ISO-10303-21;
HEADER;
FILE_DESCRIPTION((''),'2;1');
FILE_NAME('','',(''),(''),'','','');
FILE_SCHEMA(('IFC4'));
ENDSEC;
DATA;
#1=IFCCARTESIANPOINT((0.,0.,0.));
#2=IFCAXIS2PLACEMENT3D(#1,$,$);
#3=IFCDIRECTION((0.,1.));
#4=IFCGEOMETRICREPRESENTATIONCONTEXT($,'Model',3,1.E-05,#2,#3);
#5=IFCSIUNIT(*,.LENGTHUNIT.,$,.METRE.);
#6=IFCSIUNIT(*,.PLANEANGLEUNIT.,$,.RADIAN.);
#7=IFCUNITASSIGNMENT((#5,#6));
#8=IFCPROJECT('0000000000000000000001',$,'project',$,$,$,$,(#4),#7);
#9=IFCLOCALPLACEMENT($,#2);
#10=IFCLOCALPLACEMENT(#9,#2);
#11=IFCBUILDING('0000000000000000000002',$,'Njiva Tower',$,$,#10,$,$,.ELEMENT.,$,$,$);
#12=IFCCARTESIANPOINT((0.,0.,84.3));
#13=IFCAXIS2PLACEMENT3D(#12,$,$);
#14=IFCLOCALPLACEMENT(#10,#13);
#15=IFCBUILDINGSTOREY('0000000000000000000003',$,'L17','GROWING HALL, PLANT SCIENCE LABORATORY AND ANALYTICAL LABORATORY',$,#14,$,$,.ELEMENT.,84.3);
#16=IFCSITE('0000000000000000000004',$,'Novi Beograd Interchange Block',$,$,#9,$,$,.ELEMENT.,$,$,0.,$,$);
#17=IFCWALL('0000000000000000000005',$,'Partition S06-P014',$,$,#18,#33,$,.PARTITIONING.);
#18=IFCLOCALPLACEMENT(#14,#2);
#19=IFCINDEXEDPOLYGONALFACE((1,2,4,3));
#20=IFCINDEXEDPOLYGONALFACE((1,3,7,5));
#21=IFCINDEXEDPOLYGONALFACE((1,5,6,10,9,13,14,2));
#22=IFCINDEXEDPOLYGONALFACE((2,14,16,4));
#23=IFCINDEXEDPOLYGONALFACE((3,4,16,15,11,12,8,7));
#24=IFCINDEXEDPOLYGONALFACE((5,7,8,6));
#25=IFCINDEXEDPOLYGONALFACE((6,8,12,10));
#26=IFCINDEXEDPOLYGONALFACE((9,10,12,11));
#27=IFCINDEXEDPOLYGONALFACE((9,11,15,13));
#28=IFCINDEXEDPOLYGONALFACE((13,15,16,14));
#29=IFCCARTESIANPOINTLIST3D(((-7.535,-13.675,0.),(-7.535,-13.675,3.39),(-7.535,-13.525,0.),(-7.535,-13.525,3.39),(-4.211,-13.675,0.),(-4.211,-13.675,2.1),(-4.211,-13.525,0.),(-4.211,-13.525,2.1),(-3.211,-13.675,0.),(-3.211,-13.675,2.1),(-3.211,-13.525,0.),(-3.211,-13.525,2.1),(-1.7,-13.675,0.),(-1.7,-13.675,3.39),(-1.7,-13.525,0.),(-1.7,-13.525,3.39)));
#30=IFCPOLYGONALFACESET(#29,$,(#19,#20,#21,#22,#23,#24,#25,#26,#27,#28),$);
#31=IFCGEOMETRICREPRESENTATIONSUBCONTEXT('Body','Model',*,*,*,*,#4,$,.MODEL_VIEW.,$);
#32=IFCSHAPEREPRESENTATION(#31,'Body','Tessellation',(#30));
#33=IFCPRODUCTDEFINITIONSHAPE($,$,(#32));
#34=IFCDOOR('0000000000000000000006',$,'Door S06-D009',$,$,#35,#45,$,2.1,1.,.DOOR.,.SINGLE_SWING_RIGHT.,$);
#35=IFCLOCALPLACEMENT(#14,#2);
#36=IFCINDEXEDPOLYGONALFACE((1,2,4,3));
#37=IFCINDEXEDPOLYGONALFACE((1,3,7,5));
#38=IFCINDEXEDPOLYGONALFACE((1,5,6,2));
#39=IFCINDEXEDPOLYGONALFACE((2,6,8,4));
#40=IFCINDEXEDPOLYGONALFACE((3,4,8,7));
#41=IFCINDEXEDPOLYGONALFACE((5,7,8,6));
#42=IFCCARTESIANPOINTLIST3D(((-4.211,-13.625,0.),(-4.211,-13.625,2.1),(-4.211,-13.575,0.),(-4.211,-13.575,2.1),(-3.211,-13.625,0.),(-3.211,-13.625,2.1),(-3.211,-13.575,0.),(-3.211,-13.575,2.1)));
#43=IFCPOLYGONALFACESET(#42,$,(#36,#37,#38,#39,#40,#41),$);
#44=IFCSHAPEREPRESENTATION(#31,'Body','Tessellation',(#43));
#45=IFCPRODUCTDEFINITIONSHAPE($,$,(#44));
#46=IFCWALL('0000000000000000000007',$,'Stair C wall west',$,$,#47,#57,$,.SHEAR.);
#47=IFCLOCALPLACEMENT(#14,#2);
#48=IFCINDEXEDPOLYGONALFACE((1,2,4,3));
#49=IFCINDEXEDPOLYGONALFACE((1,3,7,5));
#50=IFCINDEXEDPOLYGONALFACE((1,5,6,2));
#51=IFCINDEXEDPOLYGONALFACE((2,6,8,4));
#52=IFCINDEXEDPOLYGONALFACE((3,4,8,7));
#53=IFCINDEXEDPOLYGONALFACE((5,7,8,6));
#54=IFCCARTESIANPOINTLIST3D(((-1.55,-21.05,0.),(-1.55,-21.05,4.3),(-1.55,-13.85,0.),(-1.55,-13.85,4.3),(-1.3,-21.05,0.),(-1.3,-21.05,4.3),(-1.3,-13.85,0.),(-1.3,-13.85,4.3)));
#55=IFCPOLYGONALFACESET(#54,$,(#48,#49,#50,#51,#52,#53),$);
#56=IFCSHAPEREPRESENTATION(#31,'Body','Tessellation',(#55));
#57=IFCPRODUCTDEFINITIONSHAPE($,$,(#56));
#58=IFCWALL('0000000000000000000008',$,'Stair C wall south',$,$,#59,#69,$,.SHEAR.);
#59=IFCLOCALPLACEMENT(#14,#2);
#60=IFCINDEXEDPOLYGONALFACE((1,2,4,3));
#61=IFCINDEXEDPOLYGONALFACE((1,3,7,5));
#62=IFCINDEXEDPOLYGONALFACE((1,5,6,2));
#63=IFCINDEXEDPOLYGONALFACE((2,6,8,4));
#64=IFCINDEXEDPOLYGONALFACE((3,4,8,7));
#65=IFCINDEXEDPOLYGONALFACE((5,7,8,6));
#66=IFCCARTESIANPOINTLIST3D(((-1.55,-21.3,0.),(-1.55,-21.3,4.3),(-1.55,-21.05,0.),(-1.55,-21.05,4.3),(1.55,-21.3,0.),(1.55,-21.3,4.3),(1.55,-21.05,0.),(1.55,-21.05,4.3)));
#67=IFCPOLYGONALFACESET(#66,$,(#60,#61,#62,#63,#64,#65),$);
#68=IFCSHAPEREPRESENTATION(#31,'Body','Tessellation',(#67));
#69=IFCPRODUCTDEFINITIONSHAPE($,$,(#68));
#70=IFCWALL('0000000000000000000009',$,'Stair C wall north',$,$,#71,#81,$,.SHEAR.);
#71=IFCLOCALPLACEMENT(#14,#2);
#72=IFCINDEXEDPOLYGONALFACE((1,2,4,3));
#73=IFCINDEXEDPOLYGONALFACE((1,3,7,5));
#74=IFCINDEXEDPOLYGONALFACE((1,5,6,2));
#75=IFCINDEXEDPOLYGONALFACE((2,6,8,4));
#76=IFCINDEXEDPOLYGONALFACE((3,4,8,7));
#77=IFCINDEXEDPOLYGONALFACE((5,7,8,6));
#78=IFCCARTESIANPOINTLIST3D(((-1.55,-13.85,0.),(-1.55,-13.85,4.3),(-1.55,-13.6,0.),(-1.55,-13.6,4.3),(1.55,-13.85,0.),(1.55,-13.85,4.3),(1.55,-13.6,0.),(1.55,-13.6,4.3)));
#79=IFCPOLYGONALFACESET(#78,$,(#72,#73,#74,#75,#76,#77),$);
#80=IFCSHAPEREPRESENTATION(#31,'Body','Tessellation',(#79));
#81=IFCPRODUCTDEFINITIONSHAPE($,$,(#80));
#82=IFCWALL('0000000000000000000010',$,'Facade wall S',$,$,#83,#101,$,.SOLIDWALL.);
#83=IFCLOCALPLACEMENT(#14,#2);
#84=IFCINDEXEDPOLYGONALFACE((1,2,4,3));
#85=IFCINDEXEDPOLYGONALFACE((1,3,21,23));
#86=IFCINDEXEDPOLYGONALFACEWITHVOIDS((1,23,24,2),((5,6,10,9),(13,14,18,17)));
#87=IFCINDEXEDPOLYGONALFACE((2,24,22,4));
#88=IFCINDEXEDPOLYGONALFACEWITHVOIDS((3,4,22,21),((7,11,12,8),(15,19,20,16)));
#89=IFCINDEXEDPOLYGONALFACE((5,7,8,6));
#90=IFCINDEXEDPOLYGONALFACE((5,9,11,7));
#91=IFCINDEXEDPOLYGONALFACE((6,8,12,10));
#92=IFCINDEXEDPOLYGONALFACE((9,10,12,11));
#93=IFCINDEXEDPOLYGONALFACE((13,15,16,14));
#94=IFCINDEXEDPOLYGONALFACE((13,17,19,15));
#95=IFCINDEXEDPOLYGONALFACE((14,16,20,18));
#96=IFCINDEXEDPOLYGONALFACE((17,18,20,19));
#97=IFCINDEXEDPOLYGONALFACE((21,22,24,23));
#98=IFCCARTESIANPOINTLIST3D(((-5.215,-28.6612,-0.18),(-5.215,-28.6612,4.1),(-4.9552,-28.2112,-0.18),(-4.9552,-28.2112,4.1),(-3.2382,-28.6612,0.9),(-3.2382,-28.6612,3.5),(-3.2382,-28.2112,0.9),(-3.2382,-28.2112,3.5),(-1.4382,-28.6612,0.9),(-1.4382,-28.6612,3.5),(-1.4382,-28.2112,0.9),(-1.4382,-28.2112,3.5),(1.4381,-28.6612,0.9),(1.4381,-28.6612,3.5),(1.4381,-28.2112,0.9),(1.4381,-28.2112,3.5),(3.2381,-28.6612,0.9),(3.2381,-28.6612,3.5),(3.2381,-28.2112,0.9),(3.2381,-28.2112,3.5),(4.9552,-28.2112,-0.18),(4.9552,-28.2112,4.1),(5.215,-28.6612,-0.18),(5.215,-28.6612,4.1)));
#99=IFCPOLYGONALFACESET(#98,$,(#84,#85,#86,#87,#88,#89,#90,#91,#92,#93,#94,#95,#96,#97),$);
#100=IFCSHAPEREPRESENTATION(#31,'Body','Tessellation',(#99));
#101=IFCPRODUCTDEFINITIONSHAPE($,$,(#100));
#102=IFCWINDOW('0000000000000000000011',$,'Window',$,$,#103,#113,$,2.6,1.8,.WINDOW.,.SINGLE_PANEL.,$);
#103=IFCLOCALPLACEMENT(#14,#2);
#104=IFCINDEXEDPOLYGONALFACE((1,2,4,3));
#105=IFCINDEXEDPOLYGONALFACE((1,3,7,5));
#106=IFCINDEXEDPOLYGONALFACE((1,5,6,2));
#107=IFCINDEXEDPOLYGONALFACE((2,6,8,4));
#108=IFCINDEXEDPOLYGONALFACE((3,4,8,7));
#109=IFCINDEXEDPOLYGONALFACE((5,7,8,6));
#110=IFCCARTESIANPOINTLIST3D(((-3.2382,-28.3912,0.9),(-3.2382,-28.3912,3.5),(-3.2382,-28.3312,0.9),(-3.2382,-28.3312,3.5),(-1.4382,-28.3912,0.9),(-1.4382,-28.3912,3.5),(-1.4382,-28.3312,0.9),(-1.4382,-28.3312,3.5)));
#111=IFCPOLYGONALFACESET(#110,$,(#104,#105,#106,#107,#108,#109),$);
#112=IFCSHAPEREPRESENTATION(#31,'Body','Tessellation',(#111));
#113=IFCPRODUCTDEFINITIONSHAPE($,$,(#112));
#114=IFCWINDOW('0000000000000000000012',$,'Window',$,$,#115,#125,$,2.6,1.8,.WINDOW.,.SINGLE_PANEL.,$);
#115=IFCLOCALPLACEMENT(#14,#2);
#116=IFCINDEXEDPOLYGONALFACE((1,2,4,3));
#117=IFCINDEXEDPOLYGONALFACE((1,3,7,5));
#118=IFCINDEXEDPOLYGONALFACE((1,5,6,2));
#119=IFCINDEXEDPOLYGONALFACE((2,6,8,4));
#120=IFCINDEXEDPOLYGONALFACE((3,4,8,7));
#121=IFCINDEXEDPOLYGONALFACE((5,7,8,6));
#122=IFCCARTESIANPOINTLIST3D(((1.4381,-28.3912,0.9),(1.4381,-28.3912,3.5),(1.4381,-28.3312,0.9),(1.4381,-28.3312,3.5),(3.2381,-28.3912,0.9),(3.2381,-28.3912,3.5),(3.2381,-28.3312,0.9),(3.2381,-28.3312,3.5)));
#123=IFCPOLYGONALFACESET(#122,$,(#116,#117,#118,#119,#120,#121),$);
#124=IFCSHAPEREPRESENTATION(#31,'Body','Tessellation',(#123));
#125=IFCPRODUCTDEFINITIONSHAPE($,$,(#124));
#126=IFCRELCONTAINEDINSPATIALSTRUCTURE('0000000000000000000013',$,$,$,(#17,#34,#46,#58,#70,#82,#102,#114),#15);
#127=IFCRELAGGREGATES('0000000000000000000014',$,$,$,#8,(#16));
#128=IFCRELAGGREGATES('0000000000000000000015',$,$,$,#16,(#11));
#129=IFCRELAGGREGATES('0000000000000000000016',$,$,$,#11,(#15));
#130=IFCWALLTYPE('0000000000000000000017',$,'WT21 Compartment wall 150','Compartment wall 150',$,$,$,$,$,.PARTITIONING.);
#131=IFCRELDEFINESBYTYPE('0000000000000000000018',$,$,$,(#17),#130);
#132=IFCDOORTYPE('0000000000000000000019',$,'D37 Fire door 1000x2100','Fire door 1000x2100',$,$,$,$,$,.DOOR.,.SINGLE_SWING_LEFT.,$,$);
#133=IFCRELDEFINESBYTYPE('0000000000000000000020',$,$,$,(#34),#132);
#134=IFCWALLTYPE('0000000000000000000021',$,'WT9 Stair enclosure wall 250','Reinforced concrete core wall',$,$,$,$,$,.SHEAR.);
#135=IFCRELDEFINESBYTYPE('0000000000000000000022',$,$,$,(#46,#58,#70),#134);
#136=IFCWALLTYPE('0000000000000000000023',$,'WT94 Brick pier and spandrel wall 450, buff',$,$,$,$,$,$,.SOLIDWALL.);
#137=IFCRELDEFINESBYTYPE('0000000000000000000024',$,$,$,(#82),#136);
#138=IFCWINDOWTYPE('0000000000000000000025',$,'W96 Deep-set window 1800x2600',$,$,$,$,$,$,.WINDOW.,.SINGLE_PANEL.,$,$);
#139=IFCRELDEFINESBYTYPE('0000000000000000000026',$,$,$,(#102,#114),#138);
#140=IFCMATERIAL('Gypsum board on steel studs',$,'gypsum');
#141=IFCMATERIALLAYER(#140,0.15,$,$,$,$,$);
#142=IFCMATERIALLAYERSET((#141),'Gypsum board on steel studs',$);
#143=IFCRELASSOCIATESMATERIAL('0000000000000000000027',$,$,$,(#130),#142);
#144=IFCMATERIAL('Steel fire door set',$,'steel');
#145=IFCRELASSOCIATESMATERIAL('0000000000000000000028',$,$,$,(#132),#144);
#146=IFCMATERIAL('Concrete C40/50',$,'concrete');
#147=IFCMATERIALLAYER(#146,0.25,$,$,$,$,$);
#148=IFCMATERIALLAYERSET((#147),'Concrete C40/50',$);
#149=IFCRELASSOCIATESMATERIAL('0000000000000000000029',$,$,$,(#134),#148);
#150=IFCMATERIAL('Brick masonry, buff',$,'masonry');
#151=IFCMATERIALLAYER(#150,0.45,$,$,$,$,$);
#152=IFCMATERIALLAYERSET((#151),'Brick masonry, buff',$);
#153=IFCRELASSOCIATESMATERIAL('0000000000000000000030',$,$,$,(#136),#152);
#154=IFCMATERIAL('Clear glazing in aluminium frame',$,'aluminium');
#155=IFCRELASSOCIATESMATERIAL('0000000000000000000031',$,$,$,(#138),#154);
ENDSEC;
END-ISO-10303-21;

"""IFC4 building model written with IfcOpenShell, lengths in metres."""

from ifc_helpers import new_model, si_unit, direction, frame, frame_2d, origin, place, context, subcontext, project, spatial, polyline, rectangle, outline, extrude, material, layer, layer_set, type_object, element, fill, save


model = new_model("IFC4")

# Units and contexts
model_context = context("Model", 3, precision=1e-05, world=origin(), true_north=direction((0.0, 1.0)))
body_context = subcontext(model_context, "Body", "Model", "MODEL_VIEW")
ifc_project = project(units=[si_unit("LENGTHUNIT", "METRE"), si_unit("PLANEANGLEUNIT", "RADIAN")], contexts=[model_context])

# Site, building, storey
site_placement = place(None, origin())
site = spatial("IfcSite", under=ifc_project, at=site_placement, Name="Novi Beograd Interchange Block", CompositionType="ELEMENT", RefElevation=0.0)
building_placement = place(site_placement, origin())
building = spatial("IfcBuilding", under=site, at=building_placement, Name="Njiva Tower", CompositionType="ELEMENT")
storey_placement = place(building_placement, frame((0.0, 0.0, 84.3)))
storey = spatial("IfcBuildingStorey", under=building, at=storey_placement, Name="L17", Description="GROWING HALL, PLANT SCIENCE LABORATORY AND ANALYTICAL LABORATORY", CompositionType="ELEMENT", Elevation=84.3)

# Shared definitions
ifc_material_1 = material(Name="Gypsum board on steel studs", Category="gypsum")
ifc_layer_1 = layer(ifc_material_1, 0.15)
ifc_layer_set_1 = layer_set([ifc_layer_1], Name="Gypsum board on steel studs")
wall_type_1 = type_object("IfcWallType", Name="WT21 Compartment wall 150", Description="Compartment wall 150", PredefinedType="PARTITIONING", material=ifc_layer_set_1)

# Wall, opening, door
wall_1_placement = place(storey_placement, frame((-7.535, -13.6, 0.0), z_axis=(0.0, 0.0, 1.0), x_axis=(1.0, 0.0, 0.0)))
wall_1 = element("IfcWall", 1, at=wall_1_placement, inside=storey, type_object=wall_type_1, Name="Partition S06-P014", PredefinedType="PARTITIONING", context=body_context, shape_type="SweptSolid", body=[
    extrude(rectangle(XDim=5.835, YDim=0.15, at=frame_2d((2.9175, 0.0))), origin(), (0.0, 0.0, 1.0), 3.39),
])
opening_1_placement = place(wall_1_placement, frame((3.324, 0.0, 0.0)))
opening_1 = element("IfcOpeningElement", 2, at=opening_1_placement, cuts=wall_1, PredefinedType="OPENING", context=body_context, shape_type="SweptSolid", body=[
    extrude(rectangle(XDim=1.0, YDim=2.1, at=frame_2d((0.5, 1.05))), frame((0.0, 0.085, 0.0), z_axis=(0.0, -1.0, 0.0), x_axis=(1.0, 0.0, 0.0)), (0.0, 0.0, 1.0), 0.17),
])
ifc_material_2 = material(Name="Steel fire door set", Category="steel")
door_type = type_object("IfcDoorType", Name="D37 Fire door 1000x2100", Description="Fire door 1000x2100", OperationType="SINGLE_SWING_LEFT", PredefinedType="DOOR", material=ifc_material_2)
door_placement = place(opening_1_placement, origin())
door = element("IfcDoor", 3, at=door_placement, inside=storey, type_object=door_type, Name="Door S06-D009", OperationType="SINGLE_SWING_RIGHT", OverallHeight=2.1, OverallWidth=1.0, PredefinedType="DOOR", context=body_context, shape_type="SweptSolid", body=[
    extrude(rectangle(XDim=1.0, YDim=2.1, at=frame_2d((0.5, 1.05))), frame((0.0, 0.025, 0.0), z_axis=(0.0, -1.0, 0.0), x_axis=(1.0, 0.0, 0.0)), (0.0, 0.0, 1.0), 0.05),
])
fill(opening_1, door)

# Walls
ifc_material_3 = material(Name="Concrete C40/50", Category="concrete")
ifc_layer_2 = layer(ifc_material_3, 0.25)
ifc_layer_set_2 = layer_set([ifc_layer_2], Name="Concrete C40/50")
wall_type_2 = type_object("IfcWallType", Name="WT9 Stair enclosure wall 250", Description="Reinforced concrete core wall", PredefinedType="SHEAR", material=ifc_layer_set_2)
wall_2_placement = place(storey_placement, frame((-1.425, -21.05, 0.0), z_axis=(0.0, 0.0, 1.0), x_axis=(0.0, 1.0, 0.0)))
element("IfcWall", 4, at=wall_2_placement, inside=storey, type_object=wall_type_2, Name="Stair C wall west", PredefinedType="SHEAR", context=body_context, shape_type="SweptSolid", body=[
    extrude(rectangle(XDim=7.2, YDim=0.25, at=frame_2d((3.6, 0.0))), origin(), (0.0, 0.0, 1.0), 4.3),
])
for number, where, z_axis, x_axis, name in (
    (5, (-1.55, -21.175, 0.0), (0.0, 0.0, 1.0), (1.0, 0.0, 0.0), "Stair C wall south"),
    (6, (-1.55, -13.725, 0.0), (0.0, 0.0, 1.0), (1.0, 0.0, 0.0), "Stair C wall north"),
):
    element("IfcWall", number, at=place(storey_placement, frame(where, z_axis=z_axis, x_axis=x_axis)), inside=storey, type_object=wall_type_2, Name=name, PredefinedType="SHEAR", context=body_context, shape_type="SweptSolid", body=[
        extrude(rectangle(XDim=3.1, YDim=0.25, at=frame_2d((1.55, 0.0))), origin(), (0.0, 0.0, 1.0), 4.3),
    ])

# Wall, openings, windows
ifc_material_4 = material(Name="Brick masonry, buff", Category="masonry")
ifc_layer_3 = layer(ifc_material_4, 0.45)
ifc_layer_set_3 = layer_set([ifc_layer_3], Name="Brick masonry, buff")
wall_type_3 = type_object("IfcWallType", Name="WT94 Brick pier and spandrel wall 450, buff", PredefinedType="SOLIDWALL", material=ifc_layer_set_3)
wall_3_placement = place(storey_placement, frame((-5.0851, -28.4362, -0.18), z_axis=(0.0, 0.0, 1.0), x_axis=(1.0, 0.0, 0.0)))
wall_3 = element("IfcWall", 7, at=wall_3_placement, inside=storey, type_object=wall_type_3, Name="Facade wall S", PredefinedType="SOLIDWALL", context=body_context, shape_type="SweptSolid", body=[
    extrude(outline(polyline([(-0.1299, -0.225), (10.3001, -0.225), (10.0403, 0.225), (0.1299, 0.225), (-0.1299, -0.225)])), origin(), (0.0, 0.0, 1.0), 4.28),
])
opening_2_placement = place(wall_3_placement, frame((1.8469, 0.0, 1.08)))
opening_2 = element("IfcOpeningElement", 8, at=opening_2_placement, cuts=wall_3, PredefinedType="OPENING", context=body_context, shape_type="SweptSolid", body=[
    extrude(rectangle(XDim=1.8, YDim=2.6, at=frame_2d((0.9, 1.3))), frame((0.0, 0.235, 0.0), z_axis=(0.0, -1.0, 0.0), x_axis=(1.0, 0.0, 0.0)), (0.0, 0.0, 1.0), 0.47),
])
opening_3_placement = place(wall_3_placement, frame((6.5232, 0.0, 1.08)))
opening_3 = element("IfcOpeningElement", 9, at=opening_3_placement, cuts=wall_3, PredefinedType="OPENING", context=body_context, shape_type="SweptSolid", body=[
    extrude(rectangle(XDim=1.8, YDim=2.6, at=frame_2d((0.9, 1.3))), frame((0.0, 0.235, 0.0), z_axis=(0.0, -1.0, 0.0), x_axis=(1.0, 0.0, 0.0)), (0.0, 0.0, 1.0), 0.47),
])
ifc_material_5 = material(Name="Clear glazing in aluminium frame", Category="aluminium")
window_type = type_object("IfcWindowType", Name="W96 Deep-set window 1800x2600", PartitioningType="SINGLE_PANEL", PredefinedType="WINDOW", material=ifc_material_5)
window_1_placement = place(opening_2_placement, origin())
window_1 = element("IfcWindow", 10, at=window_1_placement, inside=storey, type_object=window_type, Name="Window", OverallHeight=2.6, OverallWidth=1.8, PartitioningType="SINGLE_PANEL", PredefinedType="WINDOW", context=body_context, shape_type="SweptSolid", body=[
    extrude(rectangle(XDim=1.8, YDim=2.6, at=frame_2d((0.9, 1.3))), frame((0.0, 0.105, 0.0), z_axis=(0.0, -1.0, 0.0), x_axis=(1.0, 0.0, 0.0)), (0.0, 0.0, 1.0), 0.06),
])
fill(opening_2, window_1)
window_2_placement = place(opening_3_placement, origin())
window_2 = element("IfcWindow", 11, at=window_2_placement, inside=storey, type_object=window_type, Name="Window", OverallHeight=2.6, OverallWidth=1.8, PartitioningType="SINGLE_PANEL", PredefinedType="WINDOW", context=body_context, shape_type="SweptSolid", body=[
    extrude(rectangle(XDim=1.8, YDim=2.6, at=frame_2d((0.9, 1.3))), frame((0.0, 0.105, 0.0), z_axis=(0.0, -1.0, 0.0), x_axis=(1.0, 0.0, 0.0)), (0.0, 0.0, 1.0), 0.06),
])
fill(opening_3, window_2)

save(model, "model.ifc")
